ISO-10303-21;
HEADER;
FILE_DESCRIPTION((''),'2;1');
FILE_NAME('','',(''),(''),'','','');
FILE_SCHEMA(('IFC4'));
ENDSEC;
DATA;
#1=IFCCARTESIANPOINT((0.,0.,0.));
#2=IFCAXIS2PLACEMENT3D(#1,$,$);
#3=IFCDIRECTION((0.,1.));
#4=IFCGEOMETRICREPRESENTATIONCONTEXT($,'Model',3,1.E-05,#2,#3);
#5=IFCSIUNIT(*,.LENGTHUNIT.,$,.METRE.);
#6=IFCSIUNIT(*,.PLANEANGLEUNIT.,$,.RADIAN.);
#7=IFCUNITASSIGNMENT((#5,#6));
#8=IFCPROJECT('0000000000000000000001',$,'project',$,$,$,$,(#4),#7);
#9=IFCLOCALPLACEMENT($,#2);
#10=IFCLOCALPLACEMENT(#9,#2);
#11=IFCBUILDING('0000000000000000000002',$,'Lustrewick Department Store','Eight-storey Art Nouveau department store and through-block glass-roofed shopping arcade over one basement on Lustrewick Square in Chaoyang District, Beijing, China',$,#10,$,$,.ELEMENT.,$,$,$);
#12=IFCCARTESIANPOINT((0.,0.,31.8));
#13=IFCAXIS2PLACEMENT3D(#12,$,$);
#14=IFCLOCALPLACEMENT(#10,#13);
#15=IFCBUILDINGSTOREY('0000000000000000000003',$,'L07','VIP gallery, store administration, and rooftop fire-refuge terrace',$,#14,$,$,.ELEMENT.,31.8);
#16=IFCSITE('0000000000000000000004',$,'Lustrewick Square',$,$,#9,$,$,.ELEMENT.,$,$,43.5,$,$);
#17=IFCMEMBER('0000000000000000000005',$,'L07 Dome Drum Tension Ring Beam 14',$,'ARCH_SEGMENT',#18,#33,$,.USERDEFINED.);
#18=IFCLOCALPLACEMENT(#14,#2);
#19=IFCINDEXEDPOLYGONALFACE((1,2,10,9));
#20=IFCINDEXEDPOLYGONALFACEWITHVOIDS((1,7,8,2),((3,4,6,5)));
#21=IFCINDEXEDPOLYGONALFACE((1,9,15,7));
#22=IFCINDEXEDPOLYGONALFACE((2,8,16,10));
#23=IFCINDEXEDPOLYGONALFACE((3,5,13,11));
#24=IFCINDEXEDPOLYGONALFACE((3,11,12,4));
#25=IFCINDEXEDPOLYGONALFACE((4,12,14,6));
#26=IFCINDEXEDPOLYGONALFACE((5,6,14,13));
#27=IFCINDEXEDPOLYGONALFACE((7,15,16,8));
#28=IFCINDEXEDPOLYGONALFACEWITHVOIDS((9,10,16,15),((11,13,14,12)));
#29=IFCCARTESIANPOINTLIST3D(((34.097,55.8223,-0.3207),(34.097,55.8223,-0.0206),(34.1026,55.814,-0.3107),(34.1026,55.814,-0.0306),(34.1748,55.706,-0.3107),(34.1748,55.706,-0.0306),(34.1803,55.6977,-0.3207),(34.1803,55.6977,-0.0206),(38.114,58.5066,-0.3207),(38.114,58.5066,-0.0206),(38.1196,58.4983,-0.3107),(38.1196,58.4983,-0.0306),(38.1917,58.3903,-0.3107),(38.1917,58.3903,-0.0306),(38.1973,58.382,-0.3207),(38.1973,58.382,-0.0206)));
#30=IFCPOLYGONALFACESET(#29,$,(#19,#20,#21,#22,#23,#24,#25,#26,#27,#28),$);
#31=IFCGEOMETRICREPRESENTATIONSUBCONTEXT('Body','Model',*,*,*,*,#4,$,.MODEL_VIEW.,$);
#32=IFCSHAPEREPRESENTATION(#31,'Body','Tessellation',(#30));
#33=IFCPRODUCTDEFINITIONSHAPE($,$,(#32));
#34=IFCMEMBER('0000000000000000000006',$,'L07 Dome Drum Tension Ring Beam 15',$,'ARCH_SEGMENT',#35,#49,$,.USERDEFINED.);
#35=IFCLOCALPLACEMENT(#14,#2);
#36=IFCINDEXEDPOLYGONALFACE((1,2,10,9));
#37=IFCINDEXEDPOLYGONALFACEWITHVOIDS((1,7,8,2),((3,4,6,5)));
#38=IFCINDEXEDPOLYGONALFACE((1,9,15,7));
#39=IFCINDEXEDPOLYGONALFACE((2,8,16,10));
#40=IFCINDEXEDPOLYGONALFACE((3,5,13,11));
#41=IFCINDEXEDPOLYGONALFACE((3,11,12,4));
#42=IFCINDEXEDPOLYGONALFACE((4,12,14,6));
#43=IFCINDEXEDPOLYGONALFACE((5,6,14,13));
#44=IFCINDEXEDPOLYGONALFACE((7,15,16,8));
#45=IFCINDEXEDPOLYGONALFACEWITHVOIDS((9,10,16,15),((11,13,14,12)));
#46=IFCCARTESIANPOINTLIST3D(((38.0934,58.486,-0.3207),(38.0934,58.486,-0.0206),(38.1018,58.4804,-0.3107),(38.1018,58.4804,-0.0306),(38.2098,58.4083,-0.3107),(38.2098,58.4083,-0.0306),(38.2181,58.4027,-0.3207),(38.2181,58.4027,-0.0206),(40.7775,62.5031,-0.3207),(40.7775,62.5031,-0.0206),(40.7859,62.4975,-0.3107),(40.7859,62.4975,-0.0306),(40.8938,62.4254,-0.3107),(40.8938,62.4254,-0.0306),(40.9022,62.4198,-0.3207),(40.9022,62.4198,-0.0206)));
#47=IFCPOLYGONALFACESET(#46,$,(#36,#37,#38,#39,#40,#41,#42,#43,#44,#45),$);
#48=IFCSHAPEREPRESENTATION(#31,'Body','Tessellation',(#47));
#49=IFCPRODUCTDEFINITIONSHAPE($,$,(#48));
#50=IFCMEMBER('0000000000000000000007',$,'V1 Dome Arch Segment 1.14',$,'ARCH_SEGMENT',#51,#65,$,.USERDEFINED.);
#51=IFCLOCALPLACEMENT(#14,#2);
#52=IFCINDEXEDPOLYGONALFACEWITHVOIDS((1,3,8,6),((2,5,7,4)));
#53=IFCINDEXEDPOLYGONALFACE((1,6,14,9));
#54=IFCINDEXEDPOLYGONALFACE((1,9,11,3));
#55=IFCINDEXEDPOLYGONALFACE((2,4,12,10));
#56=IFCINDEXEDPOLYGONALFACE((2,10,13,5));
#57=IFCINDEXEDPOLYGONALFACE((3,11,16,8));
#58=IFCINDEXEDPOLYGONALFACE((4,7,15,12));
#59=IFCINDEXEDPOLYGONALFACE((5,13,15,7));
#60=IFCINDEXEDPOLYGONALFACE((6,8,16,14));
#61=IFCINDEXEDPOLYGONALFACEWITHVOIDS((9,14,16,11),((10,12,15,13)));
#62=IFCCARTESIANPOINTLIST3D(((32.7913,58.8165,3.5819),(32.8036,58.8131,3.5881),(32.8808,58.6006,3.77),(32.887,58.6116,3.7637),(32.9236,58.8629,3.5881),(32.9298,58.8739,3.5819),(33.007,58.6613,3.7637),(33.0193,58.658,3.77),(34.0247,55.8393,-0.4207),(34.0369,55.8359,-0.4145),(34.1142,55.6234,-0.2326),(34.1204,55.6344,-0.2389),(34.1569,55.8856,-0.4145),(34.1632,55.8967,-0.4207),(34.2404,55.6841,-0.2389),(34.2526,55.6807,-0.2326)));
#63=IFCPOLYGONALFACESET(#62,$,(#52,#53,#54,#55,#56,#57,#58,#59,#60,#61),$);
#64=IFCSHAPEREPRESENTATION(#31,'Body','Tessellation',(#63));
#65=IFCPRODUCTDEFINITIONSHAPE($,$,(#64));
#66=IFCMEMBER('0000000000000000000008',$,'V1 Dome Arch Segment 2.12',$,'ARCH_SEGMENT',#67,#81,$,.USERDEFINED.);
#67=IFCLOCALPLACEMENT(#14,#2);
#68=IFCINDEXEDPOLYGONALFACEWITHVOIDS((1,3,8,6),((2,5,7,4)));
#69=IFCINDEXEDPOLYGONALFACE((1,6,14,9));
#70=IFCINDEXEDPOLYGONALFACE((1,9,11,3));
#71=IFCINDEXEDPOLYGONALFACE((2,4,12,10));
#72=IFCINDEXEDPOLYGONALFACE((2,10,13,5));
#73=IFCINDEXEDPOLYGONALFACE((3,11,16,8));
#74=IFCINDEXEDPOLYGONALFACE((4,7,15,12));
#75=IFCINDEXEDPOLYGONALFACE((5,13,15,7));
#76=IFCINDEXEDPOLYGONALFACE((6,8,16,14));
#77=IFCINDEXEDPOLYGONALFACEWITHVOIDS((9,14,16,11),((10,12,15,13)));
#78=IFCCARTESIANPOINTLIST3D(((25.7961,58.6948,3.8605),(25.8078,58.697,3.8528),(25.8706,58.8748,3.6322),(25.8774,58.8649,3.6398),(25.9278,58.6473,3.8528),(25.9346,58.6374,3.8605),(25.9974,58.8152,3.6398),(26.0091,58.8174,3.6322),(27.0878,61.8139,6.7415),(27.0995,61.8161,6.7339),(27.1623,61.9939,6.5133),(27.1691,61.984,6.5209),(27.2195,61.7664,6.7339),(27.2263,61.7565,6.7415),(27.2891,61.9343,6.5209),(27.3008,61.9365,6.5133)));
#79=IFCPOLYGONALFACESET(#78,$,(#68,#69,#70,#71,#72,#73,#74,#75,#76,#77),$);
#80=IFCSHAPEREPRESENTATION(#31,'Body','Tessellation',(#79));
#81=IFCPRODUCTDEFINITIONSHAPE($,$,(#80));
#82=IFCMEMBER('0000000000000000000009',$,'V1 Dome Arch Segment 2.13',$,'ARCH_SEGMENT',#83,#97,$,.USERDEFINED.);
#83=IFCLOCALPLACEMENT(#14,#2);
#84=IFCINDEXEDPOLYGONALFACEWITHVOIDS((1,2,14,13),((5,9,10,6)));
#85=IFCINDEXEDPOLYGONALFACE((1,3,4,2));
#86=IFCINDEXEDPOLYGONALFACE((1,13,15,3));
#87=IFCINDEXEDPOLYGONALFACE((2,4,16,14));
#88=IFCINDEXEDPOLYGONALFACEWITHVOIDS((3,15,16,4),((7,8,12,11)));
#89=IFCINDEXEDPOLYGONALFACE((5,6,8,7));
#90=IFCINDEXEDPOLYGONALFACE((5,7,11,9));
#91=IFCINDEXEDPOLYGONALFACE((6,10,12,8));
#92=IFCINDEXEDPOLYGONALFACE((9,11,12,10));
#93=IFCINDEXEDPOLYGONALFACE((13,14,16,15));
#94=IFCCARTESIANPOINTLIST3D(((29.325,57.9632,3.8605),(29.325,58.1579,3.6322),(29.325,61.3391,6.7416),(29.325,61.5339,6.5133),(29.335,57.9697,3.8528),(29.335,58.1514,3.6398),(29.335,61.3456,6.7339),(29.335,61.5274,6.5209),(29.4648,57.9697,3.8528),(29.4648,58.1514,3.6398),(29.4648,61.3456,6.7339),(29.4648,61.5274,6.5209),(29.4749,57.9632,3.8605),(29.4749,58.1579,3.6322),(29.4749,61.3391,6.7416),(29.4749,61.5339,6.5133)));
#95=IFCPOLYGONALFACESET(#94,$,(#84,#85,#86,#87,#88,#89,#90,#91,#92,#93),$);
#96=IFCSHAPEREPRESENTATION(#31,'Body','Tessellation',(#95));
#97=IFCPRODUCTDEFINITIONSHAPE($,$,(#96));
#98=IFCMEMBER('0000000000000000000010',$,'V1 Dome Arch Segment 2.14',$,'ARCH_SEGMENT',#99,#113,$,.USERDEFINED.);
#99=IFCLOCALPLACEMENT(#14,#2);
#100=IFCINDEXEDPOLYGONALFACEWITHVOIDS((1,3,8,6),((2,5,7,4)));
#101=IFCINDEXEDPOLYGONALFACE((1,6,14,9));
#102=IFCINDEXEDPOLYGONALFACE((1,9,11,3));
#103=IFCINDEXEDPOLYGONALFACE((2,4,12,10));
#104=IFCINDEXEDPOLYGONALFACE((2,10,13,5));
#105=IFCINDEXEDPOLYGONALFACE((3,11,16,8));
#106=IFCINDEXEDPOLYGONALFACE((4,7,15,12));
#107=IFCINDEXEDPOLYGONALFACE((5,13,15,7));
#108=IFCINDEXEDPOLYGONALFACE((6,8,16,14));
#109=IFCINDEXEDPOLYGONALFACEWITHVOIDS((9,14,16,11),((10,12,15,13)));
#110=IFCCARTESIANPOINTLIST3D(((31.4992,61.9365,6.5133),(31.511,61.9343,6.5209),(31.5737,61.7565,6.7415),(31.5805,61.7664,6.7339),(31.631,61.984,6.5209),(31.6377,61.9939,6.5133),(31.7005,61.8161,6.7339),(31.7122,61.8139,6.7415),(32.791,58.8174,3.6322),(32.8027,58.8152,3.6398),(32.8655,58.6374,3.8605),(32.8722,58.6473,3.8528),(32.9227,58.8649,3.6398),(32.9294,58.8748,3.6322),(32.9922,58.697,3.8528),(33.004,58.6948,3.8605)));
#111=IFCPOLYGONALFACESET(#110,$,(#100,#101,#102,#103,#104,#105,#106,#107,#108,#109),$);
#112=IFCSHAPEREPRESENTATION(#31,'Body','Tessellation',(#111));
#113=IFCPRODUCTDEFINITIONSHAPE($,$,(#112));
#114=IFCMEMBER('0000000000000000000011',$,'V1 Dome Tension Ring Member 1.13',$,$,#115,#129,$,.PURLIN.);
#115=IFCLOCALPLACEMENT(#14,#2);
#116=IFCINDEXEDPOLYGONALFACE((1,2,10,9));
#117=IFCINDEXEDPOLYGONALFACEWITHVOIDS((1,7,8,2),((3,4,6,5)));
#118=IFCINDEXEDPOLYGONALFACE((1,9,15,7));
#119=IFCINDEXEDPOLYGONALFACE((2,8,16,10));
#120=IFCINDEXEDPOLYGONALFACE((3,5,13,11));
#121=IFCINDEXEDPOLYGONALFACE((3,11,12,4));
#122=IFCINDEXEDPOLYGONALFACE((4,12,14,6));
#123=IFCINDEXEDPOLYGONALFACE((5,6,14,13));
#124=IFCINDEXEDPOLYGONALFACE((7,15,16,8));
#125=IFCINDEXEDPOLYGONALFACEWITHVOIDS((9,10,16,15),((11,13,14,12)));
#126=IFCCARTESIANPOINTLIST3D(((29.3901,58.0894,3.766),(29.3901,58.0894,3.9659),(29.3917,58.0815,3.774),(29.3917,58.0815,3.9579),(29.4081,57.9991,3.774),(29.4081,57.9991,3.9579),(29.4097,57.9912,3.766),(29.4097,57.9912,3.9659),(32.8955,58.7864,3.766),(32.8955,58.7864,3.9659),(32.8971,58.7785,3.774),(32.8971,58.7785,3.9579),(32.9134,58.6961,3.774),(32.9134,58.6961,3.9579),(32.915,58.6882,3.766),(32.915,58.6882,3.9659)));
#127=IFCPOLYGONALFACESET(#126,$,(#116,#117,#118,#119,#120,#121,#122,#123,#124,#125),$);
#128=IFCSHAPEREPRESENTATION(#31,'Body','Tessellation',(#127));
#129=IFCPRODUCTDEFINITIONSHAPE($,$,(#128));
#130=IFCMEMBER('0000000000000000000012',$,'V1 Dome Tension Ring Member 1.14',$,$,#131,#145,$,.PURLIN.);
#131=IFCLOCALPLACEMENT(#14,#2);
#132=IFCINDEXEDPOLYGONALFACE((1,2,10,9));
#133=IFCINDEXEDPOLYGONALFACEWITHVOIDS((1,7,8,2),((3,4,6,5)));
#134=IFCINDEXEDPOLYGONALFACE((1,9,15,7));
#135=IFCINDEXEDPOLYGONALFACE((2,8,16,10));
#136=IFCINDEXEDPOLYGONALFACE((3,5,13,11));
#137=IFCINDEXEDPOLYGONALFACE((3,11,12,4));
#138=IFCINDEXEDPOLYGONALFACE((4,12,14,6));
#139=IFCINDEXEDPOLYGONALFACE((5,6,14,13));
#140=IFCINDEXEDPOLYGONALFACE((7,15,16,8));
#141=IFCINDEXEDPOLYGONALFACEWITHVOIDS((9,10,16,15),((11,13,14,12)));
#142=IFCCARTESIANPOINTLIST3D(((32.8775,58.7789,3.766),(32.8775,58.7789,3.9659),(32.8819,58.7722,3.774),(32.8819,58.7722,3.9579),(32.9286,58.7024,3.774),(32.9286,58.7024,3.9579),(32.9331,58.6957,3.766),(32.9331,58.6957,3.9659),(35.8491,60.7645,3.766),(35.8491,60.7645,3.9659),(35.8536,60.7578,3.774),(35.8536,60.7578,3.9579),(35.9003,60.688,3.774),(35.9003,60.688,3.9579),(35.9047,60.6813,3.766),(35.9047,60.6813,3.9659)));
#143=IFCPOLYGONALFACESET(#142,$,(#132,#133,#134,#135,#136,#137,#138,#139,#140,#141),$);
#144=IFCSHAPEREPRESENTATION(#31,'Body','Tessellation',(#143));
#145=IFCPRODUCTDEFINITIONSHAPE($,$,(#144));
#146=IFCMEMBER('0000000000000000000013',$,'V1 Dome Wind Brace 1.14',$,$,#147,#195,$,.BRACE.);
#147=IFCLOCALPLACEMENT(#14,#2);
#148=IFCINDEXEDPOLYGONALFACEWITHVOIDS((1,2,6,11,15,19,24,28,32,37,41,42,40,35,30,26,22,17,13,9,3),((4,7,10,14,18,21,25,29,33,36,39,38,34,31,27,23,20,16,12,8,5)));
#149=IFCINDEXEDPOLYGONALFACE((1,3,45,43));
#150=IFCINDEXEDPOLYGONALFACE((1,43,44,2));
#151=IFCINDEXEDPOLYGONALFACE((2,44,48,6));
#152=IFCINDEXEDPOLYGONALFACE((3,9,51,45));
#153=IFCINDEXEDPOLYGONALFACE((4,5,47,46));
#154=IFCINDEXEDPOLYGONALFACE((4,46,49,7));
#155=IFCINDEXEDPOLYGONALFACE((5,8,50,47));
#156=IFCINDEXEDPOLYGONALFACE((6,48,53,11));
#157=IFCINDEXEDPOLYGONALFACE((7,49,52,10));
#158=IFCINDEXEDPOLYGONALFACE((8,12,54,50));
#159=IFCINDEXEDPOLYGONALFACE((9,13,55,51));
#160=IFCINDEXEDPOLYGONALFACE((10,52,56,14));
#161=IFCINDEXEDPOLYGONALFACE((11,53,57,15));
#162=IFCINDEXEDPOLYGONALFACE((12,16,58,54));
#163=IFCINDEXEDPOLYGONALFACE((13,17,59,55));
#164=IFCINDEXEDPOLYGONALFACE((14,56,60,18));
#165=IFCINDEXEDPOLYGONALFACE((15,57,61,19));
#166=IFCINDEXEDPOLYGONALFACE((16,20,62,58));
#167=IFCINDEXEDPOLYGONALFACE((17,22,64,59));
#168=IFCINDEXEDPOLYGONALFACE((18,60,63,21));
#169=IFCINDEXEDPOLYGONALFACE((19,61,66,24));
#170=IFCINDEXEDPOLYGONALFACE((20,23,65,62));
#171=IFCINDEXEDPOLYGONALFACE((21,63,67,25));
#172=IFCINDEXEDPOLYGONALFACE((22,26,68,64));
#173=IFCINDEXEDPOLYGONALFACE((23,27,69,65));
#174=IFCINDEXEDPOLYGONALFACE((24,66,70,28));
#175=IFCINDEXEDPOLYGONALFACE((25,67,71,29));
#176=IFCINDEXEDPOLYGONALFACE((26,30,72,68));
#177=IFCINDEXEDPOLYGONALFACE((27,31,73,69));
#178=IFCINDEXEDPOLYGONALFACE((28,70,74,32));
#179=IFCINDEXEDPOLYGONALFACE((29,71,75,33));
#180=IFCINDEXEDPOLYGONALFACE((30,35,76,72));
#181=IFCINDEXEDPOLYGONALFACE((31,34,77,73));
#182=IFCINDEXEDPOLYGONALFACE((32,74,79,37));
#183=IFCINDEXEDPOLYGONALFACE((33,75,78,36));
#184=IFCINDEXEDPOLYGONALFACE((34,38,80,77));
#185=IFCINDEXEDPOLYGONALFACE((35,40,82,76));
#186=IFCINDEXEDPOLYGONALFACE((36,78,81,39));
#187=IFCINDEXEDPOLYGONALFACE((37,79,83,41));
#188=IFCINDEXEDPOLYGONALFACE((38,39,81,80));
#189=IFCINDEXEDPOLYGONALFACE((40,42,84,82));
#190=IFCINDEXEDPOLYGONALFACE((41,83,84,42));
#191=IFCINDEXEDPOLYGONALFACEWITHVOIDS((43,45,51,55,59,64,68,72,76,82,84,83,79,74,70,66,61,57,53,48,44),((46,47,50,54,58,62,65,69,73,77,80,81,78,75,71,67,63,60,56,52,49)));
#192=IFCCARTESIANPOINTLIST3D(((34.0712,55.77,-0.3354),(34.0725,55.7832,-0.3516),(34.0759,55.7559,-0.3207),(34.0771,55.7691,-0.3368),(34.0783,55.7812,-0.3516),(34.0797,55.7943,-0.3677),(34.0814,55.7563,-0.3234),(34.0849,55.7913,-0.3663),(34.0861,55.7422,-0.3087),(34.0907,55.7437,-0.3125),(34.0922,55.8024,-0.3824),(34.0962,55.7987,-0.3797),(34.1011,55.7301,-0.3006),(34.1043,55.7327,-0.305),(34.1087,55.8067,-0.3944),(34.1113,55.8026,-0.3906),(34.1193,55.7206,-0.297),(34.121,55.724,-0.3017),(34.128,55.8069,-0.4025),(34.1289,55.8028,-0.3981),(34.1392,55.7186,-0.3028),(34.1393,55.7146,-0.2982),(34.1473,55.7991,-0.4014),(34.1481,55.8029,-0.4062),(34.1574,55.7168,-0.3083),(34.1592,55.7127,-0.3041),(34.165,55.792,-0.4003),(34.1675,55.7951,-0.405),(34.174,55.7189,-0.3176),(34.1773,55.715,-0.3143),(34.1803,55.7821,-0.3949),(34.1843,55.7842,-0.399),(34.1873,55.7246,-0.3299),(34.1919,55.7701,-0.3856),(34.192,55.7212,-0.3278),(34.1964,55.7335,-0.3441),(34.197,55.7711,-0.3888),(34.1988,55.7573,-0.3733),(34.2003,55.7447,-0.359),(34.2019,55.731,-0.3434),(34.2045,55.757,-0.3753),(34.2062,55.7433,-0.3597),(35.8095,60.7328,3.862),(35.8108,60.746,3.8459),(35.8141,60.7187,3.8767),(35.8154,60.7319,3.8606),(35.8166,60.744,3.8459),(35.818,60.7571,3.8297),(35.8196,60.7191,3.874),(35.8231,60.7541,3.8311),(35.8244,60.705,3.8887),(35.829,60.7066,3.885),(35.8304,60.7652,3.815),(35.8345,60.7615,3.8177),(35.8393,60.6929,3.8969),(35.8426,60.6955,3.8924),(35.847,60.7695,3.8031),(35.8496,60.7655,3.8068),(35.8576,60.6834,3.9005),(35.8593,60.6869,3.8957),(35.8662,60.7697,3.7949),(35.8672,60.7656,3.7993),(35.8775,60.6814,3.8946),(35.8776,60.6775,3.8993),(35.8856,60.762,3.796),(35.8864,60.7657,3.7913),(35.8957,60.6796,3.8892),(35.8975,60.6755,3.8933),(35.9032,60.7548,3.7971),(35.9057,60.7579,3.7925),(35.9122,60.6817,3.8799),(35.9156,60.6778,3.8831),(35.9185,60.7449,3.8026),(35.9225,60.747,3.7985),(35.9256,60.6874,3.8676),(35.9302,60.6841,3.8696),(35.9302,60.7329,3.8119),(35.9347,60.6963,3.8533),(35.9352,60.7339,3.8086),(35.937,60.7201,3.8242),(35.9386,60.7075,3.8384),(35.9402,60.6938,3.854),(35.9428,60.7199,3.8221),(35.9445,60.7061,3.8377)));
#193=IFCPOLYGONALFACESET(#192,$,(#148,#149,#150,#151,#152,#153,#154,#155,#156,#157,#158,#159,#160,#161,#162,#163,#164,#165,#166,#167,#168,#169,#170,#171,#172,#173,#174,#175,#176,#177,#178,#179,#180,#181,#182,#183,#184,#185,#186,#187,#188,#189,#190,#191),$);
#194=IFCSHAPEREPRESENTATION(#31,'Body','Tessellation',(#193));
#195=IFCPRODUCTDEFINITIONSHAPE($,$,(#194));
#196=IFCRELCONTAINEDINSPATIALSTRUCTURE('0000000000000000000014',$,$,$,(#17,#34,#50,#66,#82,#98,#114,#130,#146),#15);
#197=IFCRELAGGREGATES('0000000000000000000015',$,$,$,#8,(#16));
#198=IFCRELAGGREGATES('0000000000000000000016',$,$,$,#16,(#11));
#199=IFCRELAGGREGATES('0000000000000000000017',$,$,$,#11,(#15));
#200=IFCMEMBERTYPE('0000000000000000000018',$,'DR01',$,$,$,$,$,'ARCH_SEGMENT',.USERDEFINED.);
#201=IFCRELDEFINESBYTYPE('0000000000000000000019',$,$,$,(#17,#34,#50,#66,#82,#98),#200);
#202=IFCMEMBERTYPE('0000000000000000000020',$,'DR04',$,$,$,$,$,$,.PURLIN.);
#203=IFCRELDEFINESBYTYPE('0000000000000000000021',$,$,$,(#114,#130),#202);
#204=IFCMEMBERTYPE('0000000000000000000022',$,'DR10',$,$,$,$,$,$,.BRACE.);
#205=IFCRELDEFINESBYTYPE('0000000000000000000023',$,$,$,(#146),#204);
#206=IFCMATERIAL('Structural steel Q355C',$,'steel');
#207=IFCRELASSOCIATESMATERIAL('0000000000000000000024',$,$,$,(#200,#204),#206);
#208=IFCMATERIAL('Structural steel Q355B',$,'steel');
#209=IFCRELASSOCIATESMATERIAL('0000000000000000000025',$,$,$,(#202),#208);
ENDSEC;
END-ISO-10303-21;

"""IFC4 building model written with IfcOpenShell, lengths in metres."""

from ifc_helpers import new_model, si_unit, direction, frame, origin, origin_2d, place, context, subcontext, project, spatial, hollow_rectangle, hollow_circle, extrude, material, material_profile, profile_set, type_object, element, save


model = new_model("IFC4")

# Units and contexts
model_context = context("Model", 3, precision=1e-05, world=origin(), true_north=direction((0.0, 1.0)))
body_context = subcontext(model_context, "Body", "Model", "MODEL_VIEW")
ifc_project = project(units=[si_unit("LENGTHUNIT", "METRE"), si_unit("PLANEANGLEUNIT", "RADIAN")], contexts=[model_context])

# Site, building, storey
site_placement = place(None, origin())
site = spatial("IfcSite", under=ifc_project, at=site_placement, Name="Lustrewick Square", CompositionType="ELEMENT", RefElevation=43.5)
building_placement = place(site_placement, origin())
building = spatial("IfcBuilding", under=site, at=building_placement, Name="Lustrewick Department Store", Description="Eight-storey Art Nouveau department store and through-block glass-roofed shopping arcade over one basement on Lustrewick Square in Chaoyang District, Beijing, China", CompositionType="ELEMENT")
storey_placement = place(building_placement, frame((0.0, 0.0, 31.8)))
storey = spatial("IfcBuildingStorey", under=building, at=storey_placement, Name="L07", Description="VIP gallery, store administration, and rooftop fire-refuge terrace", CompositionType="ELEMENT", Elevation=31.8)

# Members
ifc_material_1 = material(Name="Structural steel Q355C", Category="steel")
ifc_material_profile_1 = material_profile(ifc_material_1, hollow_rectangle(XDim=0.1499, YDim=0.3, WallThickness=0.01, at=origin_2d()), Name="RHS 300x150x10")
ifc_profile_set_1 = profile_set([ifc_material_profile_1], Name="Structural steel Q355C")
member_type_1 = type_object("IfcMemberType", Name="DR01", ElementType="ARCH_SEGMENT", PredefinedType="USERDEFINED", material=ifc_profile_set_1)
for number, where, z_axis, x_axis, name in (
    (1, (34.1387, 55.76, -0.1707), (0.831451, 0.555598, 0.0), (-0.555598, 0.831451, 0.0), "L07 Dome Drum Tension Ring Beam 14"),
    (2, (38.1558, 58.4443, -0.1707), (0.555563, 0.831475, 0.0), (-0.831475, 0.555563, 0.0), "L07 Dome Drum Tension Ring Beam 15"),
):
    element("IfcMember", number, at=place(storey_placement, frame(where, z_axis=z_axis, x_axis=x_axis)), inside=storey, type_object=member_type_1, Name=name, ObjectType="ARCH_SEGMENT", PredefinedType="USERDEFINED", context=body_context, shape_type="SweptSolid", body=[
        extrude(hollow_rectangle(XDim=0.1499, YDim=0.3, WallThickness=0.01, at=origin_2d()), origin(), (0.0, 0.0, 1.0), 4.8313),
    ])
member_1_placement = place(storey_placement, frame((34.1387, 55.76, -0.3267), z_axis=(-0.240018, 0.579378, 0.778918), x_axis=(-0.923862, -0.382726, 0.0)))
element("IfcMember", 3, at=member_1_placement, inside=storey, type_object=member_type_1, Name="V1 Dome Arch Segment 1.14", ObjectType="ARCH_SEGMENT", PredefinedType="USERDEFINED", context=body_context, shape_type="SweptSolid", body=[
    extrude(hollow_rectangle(XDim=0.1499, YDim=0.3, WallThickness=0.01, at=origin_2d()), origin(), (0.0, 0.0, 1.0), 5.1387),
])
for number, where, z_axis, x_axis, name in (
    (4, (25.9026, 58.7561, 3.7463), (0.291046, 0.70278, 0.649147), (-0.923905, 0.382622, 0.0), "V1 Dome Arch Segment 2.12"),
    (5, (29.3999, 58.0605, 3.7463), (0.0, 0.760657, 0.649154), (-1.0, 0.0, 0.0), "V1 Dome Arch Segment 2.13"),
    (6, (32.8975, 58.7561, 3.7463), (-0.291046, 0.70278, 0.649147), (-0.923905, -0.382622, 0.0), "V1 Dome Arch Segment 2.14"),
):
    element("IfcMember", number, at=place(storey_placement, frame(where, z_axis=z_axis, x_axis=x_axis)), inside=storey, type_object=member_type_1, Name=name, ObjectType="ARCH_SEGMENT", PredefinedType="USERDEFINED", context=body_context, shape_type="SweptSolid", body=[
        extrude(hollow_rectangle(XDim=0.1499, YDim=0.3, WallThickness=0.01, at=origin_2d()), origin(), (0.0, 0.0, 1.0), 4.4382),
    ])
ifc_material_2 = material(Name="Structural steel Q355B", Category="steel")
ifc_material_profile_2 = material_profile(ifc_material_2, hollow_rectangle(XDim=0.1001, YDim=0.2, WallThickness=0.0081, at=origin_2d()), Name="RHS 200x100x8")
ifc_profile_set_2 = profile_set([ifc_material_profile_2], Name="Structural steel Q355B")
member_type_2 = type_object("IfcMemberType", Name="DR04", PredefinedType="PURLIN", material=ifc_profile_set_2)
for number, where, z_axis, x_axis, name in (
    (7, (29.3999, 58.0403, 3.866), (0.980798, 0.195026, 0.0), (-0.195026, 0.980798, 0.0), "V1 Dome Tension Ring Member 1.13"),
    (8, (32.9053, 58.7373, 3.866), (0.831472, 0.555567, 0.0), (-0.555567, 0.831472, 0.0), "V1 Dome Tension Ring Member 1.14"),
):
    element("IfcMember", number, at=place(storey_placement, frame(where, z_axis=z_axis, x_axis=x_axis)), inside=storey, type_object=member_type_2, Name=name, PredefinedType="PURLIN", context=body_context, shape_type="SweptSolid", body=[
        extrude(hollow_rectangle(XDim=0.1001, YDim=0.2, WallThickness=0.0081, at=origin_2d()), origin(), (0.0, 0.0, 1.0), 3.574),
    ])
ifc_material_profile_3 = material_profile(ifc_material_1, hollow_circle(Radius=0.0701, WallThickness=0.0061, at=origin_2d()), Name="CHS 140x6")
ifc_profile_set_3 = profile_set([ifc_material_profile_3], Name="Structural steel Q355C")
member_type_3 = type_object("IfcMemberType", Name="DR10", PredefinedType="BRACE", material=ifc_profile_set_3)
member_2_placement = place(storey_placement, frame((34.1387, 55.76, -0.3516), z_axis=(0.258351, 0.737606, 0.623852), x_axis=(-0.943783, 0.330565, 0.0)))
element("IfcMember", 9, at=member_2_placement, inside=storey, type_object=member_type_3, Name="V1 Dome Wind Brace 1.14", PredefinedType="BRACE", context=body_context, shape_type="SweptSolid", body=[
    extrude(hollow_circle(Radius=0.0701, WallThickness=0.0061, at=origin_2d()), origin(), (0.0, 0.0, 1.0), 6.7283),
])

save(model, "model.ifc")
